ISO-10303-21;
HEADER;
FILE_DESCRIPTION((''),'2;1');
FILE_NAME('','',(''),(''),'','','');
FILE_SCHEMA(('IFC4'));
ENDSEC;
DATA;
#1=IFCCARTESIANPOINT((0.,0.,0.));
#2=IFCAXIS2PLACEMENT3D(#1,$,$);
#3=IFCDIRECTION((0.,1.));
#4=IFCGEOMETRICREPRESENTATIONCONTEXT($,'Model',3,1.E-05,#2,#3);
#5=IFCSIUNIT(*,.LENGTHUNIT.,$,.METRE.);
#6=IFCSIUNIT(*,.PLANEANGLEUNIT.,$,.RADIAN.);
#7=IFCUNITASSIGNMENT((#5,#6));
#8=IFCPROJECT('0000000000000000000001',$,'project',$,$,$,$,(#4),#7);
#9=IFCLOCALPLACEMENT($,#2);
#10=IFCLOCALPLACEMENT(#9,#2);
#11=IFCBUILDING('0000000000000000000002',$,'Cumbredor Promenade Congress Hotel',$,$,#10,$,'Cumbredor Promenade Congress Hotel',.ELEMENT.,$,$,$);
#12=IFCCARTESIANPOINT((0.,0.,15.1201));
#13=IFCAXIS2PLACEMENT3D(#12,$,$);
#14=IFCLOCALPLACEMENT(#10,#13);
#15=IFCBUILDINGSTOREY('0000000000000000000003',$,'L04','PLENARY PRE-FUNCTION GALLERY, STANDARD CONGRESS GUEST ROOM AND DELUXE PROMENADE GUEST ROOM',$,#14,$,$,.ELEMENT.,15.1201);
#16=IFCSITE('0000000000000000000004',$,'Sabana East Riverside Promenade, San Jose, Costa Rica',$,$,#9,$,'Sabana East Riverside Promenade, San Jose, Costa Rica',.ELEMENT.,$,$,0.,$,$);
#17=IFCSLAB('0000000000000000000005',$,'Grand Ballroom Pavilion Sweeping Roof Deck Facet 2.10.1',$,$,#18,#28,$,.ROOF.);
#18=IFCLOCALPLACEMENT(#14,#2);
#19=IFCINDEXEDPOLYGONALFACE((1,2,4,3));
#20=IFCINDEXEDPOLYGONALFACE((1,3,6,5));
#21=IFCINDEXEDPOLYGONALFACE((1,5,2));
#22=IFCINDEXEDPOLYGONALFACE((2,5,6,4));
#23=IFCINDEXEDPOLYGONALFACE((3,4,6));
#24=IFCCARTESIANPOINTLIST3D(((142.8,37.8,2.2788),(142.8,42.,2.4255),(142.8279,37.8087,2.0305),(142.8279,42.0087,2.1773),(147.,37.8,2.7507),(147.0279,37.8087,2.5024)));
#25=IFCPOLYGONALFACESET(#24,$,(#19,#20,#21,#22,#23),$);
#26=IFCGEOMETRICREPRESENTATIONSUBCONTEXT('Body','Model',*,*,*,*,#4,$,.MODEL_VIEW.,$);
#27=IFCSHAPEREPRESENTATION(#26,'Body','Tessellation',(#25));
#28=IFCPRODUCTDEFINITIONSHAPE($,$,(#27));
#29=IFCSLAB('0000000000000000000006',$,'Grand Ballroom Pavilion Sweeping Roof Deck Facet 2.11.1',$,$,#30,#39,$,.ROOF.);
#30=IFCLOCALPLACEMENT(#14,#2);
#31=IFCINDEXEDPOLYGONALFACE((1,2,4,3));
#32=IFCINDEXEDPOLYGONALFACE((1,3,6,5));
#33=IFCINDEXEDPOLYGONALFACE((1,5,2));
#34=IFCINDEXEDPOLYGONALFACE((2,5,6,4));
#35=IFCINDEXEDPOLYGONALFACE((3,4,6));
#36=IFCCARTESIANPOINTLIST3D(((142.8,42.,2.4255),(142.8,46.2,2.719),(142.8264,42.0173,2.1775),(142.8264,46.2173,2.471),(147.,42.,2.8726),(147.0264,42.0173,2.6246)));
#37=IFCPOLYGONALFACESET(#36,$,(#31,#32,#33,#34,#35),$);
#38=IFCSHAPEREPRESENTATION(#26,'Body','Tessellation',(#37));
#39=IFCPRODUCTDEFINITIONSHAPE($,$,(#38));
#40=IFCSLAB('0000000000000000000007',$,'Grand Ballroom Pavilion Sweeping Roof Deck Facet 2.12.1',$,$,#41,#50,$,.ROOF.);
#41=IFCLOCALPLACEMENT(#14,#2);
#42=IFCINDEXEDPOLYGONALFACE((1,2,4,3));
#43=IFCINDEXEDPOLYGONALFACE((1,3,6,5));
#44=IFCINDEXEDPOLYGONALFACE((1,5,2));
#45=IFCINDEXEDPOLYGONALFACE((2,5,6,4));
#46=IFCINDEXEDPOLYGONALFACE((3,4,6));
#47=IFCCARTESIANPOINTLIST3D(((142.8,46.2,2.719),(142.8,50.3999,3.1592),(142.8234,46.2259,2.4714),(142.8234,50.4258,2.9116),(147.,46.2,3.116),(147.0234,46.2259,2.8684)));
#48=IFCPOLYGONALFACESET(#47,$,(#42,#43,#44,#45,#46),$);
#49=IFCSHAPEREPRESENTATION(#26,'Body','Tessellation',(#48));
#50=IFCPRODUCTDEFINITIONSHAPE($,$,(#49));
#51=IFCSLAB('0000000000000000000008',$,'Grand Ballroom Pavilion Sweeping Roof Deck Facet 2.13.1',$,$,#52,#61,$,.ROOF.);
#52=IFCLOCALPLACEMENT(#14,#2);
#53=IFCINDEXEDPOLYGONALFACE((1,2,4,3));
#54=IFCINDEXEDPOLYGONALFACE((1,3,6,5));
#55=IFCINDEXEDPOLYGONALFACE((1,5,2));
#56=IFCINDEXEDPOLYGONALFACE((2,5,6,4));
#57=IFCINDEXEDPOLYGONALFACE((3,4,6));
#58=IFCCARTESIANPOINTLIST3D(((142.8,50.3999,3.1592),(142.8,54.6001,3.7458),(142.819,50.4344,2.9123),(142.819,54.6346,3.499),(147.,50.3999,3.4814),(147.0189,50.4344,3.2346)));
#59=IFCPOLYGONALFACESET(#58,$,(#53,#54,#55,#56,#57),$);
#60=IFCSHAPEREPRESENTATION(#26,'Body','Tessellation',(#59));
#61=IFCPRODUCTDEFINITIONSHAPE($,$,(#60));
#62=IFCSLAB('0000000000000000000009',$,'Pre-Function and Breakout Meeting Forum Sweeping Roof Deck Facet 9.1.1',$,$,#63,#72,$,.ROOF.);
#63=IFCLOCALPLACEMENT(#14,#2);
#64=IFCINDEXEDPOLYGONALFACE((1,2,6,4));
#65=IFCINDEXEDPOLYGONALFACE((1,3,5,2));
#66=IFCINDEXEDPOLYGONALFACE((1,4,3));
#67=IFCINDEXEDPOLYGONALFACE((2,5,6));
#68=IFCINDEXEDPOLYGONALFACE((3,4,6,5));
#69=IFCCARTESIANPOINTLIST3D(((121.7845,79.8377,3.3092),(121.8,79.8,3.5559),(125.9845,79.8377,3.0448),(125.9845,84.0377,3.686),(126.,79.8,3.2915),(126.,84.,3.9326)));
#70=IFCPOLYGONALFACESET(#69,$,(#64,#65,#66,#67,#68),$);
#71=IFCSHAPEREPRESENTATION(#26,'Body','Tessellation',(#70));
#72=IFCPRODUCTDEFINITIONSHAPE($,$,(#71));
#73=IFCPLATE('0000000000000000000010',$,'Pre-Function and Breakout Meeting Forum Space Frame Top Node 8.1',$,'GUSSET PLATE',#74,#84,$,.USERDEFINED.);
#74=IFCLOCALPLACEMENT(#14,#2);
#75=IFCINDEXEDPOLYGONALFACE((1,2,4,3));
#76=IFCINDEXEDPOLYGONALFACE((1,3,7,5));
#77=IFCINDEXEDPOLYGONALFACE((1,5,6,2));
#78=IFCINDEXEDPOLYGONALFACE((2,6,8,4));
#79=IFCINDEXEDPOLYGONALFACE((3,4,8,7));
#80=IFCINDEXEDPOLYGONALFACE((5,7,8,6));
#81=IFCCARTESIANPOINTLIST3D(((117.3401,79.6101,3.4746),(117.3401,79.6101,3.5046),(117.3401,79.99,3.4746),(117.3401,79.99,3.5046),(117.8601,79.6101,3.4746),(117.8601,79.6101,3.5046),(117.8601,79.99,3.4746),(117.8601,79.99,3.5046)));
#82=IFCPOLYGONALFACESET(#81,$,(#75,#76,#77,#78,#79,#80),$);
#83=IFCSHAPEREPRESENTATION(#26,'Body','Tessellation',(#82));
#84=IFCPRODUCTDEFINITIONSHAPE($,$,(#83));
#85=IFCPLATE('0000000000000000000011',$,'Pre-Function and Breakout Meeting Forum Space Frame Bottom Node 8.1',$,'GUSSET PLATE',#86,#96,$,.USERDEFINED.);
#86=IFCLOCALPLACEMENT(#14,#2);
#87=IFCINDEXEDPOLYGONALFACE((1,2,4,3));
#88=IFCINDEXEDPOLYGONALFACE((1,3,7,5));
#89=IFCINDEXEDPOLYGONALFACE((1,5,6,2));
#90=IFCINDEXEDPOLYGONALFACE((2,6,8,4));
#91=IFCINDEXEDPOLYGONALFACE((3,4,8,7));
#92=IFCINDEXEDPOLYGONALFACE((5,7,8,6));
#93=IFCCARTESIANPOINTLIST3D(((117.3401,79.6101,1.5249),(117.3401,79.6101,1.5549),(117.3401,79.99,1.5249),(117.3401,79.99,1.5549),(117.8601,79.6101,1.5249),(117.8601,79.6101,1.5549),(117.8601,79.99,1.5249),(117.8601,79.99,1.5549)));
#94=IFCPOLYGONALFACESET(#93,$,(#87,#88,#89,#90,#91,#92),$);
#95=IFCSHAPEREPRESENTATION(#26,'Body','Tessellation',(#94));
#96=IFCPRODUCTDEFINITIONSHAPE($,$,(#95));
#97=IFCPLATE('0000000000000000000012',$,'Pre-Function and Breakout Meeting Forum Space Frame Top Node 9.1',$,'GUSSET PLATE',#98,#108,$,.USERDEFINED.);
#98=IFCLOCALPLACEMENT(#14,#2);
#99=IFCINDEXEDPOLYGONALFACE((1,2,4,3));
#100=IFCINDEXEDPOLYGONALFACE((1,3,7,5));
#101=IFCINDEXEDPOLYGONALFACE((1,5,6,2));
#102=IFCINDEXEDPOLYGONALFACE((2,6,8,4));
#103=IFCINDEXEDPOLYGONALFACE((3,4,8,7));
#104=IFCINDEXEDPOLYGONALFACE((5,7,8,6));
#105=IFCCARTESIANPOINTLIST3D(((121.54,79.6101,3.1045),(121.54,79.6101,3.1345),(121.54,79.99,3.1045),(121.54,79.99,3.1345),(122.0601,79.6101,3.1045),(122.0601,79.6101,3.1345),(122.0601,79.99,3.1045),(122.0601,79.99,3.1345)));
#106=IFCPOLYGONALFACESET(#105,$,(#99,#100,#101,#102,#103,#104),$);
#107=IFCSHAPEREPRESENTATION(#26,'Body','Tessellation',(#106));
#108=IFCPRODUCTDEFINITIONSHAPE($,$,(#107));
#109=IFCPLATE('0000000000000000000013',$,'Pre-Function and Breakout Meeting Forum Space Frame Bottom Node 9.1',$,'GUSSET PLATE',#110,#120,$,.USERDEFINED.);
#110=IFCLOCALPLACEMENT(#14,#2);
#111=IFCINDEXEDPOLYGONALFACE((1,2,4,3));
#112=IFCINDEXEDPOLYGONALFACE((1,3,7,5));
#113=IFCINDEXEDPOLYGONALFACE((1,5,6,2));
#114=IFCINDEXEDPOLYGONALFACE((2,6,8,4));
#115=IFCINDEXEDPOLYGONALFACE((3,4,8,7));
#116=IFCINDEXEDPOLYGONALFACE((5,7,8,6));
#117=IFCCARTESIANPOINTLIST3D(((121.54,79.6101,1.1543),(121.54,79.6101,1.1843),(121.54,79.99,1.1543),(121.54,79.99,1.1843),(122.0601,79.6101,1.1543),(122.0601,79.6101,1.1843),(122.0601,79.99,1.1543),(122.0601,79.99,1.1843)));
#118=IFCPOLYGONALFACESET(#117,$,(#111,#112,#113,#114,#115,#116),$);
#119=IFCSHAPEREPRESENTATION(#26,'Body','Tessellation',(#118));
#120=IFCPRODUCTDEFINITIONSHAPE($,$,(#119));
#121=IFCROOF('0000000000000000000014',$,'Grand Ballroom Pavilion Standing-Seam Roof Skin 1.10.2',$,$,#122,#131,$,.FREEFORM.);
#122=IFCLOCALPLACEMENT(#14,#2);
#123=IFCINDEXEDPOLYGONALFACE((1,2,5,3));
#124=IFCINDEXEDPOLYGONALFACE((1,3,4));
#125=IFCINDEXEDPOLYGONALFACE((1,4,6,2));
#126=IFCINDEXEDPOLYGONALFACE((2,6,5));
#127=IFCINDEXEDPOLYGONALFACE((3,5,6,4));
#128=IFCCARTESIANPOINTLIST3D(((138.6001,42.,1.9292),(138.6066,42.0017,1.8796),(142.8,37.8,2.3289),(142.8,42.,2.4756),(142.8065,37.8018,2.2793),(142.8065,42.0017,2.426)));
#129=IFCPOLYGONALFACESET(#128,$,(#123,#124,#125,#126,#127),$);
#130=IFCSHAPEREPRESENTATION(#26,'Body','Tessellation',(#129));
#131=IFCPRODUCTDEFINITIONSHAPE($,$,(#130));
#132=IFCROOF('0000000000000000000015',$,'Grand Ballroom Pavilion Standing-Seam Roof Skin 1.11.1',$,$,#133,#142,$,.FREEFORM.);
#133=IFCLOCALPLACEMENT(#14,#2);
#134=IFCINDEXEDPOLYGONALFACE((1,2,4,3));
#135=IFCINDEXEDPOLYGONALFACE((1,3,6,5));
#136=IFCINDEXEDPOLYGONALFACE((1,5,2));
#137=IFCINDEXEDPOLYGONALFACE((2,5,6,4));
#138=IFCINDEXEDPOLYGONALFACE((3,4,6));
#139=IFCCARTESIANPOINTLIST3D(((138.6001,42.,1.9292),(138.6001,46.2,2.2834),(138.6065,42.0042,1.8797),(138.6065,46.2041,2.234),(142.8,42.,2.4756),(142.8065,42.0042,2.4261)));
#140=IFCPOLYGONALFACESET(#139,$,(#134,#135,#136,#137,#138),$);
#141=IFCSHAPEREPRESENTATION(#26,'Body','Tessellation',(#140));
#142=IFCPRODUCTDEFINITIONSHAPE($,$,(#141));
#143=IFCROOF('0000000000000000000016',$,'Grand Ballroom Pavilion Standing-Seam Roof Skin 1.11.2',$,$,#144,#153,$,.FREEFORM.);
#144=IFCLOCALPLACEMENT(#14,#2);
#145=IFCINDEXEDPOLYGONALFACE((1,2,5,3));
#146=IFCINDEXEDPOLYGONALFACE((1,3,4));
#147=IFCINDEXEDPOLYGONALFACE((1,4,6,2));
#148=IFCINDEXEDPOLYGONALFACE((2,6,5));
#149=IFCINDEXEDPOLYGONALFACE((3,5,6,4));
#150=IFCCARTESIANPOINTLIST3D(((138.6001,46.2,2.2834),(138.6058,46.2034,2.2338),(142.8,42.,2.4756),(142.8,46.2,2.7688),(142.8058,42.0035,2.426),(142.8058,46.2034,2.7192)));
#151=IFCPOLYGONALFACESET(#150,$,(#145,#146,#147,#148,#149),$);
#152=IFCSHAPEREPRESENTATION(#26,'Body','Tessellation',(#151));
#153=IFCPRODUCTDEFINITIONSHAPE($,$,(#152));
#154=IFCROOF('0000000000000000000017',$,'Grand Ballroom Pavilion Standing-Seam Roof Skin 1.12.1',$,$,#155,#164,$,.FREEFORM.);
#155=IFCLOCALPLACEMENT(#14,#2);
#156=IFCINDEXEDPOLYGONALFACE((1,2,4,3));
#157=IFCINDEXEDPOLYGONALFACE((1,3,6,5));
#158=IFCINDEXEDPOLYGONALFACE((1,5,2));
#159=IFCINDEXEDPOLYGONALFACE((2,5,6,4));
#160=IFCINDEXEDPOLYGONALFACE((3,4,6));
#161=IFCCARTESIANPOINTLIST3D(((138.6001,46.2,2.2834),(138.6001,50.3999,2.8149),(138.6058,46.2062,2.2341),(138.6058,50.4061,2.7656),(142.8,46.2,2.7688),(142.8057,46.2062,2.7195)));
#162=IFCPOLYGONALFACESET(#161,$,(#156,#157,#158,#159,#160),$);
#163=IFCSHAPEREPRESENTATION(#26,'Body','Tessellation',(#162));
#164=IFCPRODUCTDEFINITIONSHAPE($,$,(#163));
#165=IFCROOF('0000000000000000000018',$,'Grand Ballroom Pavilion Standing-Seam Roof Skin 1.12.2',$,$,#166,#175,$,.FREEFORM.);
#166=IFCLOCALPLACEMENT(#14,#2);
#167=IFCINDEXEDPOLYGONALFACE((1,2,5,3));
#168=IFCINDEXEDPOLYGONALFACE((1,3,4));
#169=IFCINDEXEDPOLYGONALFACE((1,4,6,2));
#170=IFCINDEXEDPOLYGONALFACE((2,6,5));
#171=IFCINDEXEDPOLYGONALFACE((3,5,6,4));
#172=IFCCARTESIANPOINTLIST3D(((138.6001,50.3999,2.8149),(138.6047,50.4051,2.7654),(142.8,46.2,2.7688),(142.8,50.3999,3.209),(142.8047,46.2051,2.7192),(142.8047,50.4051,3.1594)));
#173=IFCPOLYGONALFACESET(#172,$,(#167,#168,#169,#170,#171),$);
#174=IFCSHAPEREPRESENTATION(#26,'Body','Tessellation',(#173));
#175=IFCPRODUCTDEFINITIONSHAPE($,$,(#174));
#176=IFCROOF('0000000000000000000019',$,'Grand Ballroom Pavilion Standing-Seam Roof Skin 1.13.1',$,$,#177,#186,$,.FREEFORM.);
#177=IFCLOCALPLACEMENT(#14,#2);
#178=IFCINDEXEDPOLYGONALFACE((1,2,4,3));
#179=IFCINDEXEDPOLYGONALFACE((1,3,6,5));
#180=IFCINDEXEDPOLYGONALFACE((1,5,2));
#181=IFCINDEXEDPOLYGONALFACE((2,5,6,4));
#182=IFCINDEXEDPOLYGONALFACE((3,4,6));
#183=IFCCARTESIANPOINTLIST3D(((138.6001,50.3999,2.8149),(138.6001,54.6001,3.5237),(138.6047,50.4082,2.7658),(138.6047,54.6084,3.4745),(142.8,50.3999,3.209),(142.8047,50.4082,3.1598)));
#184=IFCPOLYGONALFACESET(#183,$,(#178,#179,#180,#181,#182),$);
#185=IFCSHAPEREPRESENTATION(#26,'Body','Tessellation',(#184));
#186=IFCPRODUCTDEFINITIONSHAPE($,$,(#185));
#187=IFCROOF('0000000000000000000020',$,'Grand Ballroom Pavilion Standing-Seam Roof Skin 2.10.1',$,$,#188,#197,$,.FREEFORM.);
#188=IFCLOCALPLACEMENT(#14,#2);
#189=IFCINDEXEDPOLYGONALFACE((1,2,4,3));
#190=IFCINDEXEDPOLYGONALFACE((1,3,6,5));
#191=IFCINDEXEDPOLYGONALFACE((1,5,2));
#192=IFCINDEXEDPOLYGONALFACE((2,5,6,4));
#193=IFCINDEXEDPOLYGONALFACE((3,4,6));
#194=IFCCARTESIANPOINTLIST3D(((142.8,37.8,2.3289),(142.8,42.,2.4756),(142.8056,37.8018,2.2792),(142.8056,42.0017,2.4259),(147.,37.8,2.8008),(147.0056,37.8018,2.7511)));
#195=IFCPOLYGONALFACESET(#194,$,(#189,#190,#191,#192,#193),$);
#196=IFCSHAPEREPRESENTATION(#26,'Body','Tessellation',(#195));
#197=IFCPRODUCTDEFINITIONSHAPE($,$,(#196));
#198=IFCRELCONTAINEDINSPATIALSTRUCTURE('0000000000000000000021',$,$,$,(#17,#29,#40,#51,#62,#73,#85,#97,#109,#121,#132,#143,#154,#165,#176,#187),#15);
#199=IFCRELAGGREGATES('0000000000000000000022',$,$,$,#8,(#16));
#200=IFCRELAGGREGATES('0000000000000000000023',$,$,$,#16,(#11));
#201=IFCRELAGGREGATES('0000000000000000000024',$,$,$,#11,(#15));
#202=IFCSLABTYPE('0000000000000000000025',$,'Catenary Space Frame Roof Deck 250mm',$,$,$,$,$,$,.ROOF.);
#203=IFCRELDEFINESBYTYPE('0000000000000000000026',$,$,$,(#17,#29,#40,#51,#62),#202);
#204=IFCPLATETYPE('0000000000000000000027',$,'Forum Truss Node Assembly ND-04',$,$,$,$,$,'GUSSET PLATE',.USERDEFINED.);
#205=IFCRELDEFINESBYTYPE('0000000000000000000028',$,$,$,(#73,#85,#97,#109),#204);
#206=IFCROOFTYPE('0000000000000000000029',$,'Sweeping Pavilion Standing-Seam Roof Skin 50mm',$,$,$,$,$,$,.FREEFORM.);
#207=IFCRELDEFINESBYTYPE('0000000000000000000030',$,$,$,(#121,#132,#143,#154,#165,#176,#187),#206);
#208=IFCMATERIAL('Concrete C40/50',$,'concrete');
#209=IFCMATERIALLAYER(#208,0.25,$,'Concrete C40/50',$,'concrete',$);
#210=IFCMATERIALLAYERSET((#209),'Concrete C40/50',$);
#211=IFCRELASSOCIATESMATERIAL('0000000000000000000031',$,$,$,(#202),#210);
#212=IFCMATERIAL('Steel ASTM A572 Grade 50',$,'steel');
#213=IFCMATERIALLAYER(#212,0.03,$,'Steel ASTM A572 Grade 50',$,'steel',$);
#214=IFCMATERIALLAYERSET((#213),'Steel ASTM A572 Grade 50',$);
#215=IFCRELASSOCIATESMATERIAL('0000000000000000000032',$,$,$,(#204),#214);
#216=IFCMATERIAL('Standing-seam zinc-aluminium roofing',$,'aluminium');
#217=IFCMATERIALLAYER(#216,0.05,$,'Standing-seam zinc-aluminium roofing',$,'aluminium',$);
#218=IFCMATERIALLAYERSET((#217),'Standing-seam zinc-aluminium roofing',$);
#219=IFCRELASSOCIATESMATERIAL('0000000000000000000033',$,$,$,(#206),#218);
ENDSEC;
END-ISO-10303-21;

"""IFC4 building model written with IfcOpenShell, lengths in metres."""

from ifc_helpers import new_model, si_unit, direction, frame, origin, origin_2d, place, context, subcontext, project, spatial, polyline, rectangle, outline, extrude, material, layer, layer_set, type_object, element, save


model = new_model("IFC4")

# Units and contexts
model_context = context("Model", 3, precision=1e-05, world=origin(), true_north=direction((0.0, 1.0)))
body_context = subcontext(model_context, "Body", "Model", "MODEL_VIEW")
ifc_project = project(units=[si_unit("LENGTHUNIT", "METRE"), si_unit("PLANEANGLEUNIT", "RADIAN")], contexts=[model_context])

# Site, building, storey
site_placement = place(None, origin())
site = spatial("IfcSite", under=ifc_project, at=site_placement, Name="Sabana East Riverside Promenade, San Jose, Costa Rica", LongName="Sabana East Riverside Promenade, San Jose, Costa Rica", CompositionType="ELEMENT", RefElevation=0.0)
building_placement = place(site_placement, origin())
building = spatial("IfcBuilding", under=site, at=building_placement, Name="Cumbredor Promenade Congress Hotel", LongName="Cumbredor Promenade Congress Hotel", CompositionType="ELEMENT")
storey_placement = place(building_placement, frame((0.0, 0.0, 15.1201)))
storey = spatial("IfcBuildingStorey", under=building, at=storey_placement, Name="L04", Description="PLENARY PRE-FUNCTION GALLERY, STANDARD CONGRESS GUEST ROOM AND DELUXE PROMENADE GUEST ROOM", CompositionType="ELEMENT", Elevation=15.1201)

# Slabs
ifc_material_1 = material(Name="Concrete C40/50", Category="concrete")
ifc_layer_1 = layer(ifc_material_1, 0.25, Name="Concrete C40/50", Category="concrete")
ifc_layer_set_1 = layer_set([ifc_layer_1], Name="Concrete C40/50")
slab_type = type_object("IfcSlabType", Name="Catenary Space Frame Roof Deck 250mm", PredefinedType="ROOF", material=ifc_layer_set_1)
slab_1_placement = place(storey_placement, frame((142.8, 37.8, 2.2788), z_axis=(-0.111594, -0.034696, 0.993148), x_axis=(0.993746, 0.0, 0.111661)))
element("IfcSlab", 1, at=slab_1_placement, inside=storey, type_object=slab_type, Name="Grand Ballroom Pavilion Sweeping Roof Deck Facet 2.10.1", PredefinedType="ROOF", context=body_context, shape_type="SweptSolid", body=[
    extrude(outline(polyline([(0.0, 0.0), (4.2264, 0.0), (0.0164, 4.2025), (0.0, 0.0)])), origin(), (0.0, 0.0, -1.0), 0.25),
])
slab_2_placement = place(storey_placement, frame((142.8, 42.0, 2.4255), z_axis=(-0.105583, -0.069312, 0.991992), x_axis=(0.994383, 0.0, 0.105837)))
element("IfcSlab", 2, at=slab_2_placement, inside=storey, type_object=slab_type, Name="Grand Ballroom Pavilion Sweeping Roof Deck Facet 2.11.1", PredefinedType="ROOF", context=body_context, shape_type="SweptSolid", body=[
    extrude(outline(polyline([(0.0, 0.0), (4.2237, 0.0), (0.0311, 4.2101), (0.0, 0.0)])), origin(), (0.0, 0.0, -1.0), 0.25),
])
slab_3_placement = place(storey_placement, frame((142.8, 46.2, 2.719), z_axis=(-0.093591, -0.103779, 0.990187), x_axis=(0.995563, 0.0, 0.094099)))
element("IfcSlab", 3, at=slab_3_placement, inside=storey, type_object=slab_type, Name="Grand Ballroom Pavilion Sweeping Roof Deck Facet 2.12.1", PredefinedType="ROOF", context=body_context, shape_type="SweptSolid", body=[
    extrude(outline(polyline([(0.0, 0.0), (4.2187, 0.0), (0.0414, 4.2228), (0.0, 0.0)])), origin(), (0.0, 0.0, -1.0), 0.25),
])
slab_4_placement = place(storey_placement, frame((142.8, 50.3999, 3.1592), z_axis=(-0.075775, -0.137936, 0.987538), x_axis=(0.997069, 0.0, 0.076506)))
element("IfcSlab", 4, at=slab_4_placement, inside=storey, type_object=slab_type, Name="Grand Ballroom Pavilion Sweeping Roof Deck Facet 2.13.1", PredefinedType="ROOF", context=body_context, shape_type="SweptSolid", body=[
    extrude(outline(polyline([(0.0, 0.0), (4.2123, 0.0), (0.0449, 4.2407), (0.0, 0.0)])), origin(), (0.0, 0.0, -1.0), 0.25),
])
slab_5_placement = place(storey_placement, frame((121.8, 79.8, 3.5559), z_axis=(0.062113, -0.150608, 0.98664), x_axis=(0.998024, 0.0, -0.06283)))
element("IfcSlab", 5, at=slab_5_placement, inside=storey, type_object=slab_type, Name="Pre-Function and Breakout Meeting Forum Sweeping Roof Deck Facet 9.1.1", PredefinedType="ROOF", context=body_context, shape_type="SweptSolid", body=[
    extrude(outline(polyline([(0.0, 0.0), (4.2083, 0.0), (4.168, 4.2484), (0.0, 0.0)])), origin(), (0.0, 0.0, -1.0), 0.25),
])

# Plates
ifc_material_2 = material(Name="Steel ASTM A572 Grade 50", Category="steel")
ifc_layer_2 = layer(ifc_material_2, 0.03, Name="Steel ASTM A572 Grade 50", Category="steel")
ifc_layer_set_2 = layer_set([ifc_layer_2], Name="Steel ASTM A572 Grade 50")
plate_type = type_object("IfcPlateType", Name="Forum Truss Node Assembly ND-04", ElementType="GUSSET PLATE", PredefinedType="USERDEFINED", material=ifc_layer_set_2)
for number, where, z_axis, x_axis, name in (
    (6, (117.6001, 79.8, 3.4746), (0.0, 0.0, 1.0), (1.0, 0.0, 0.0), "Pre-Function and Breakout Meeting Forum Space Frame Top Node 8.1"),
    (7, (117.6001, 79.8, 1.5249), (0.0, 0.0, 1.0), (1.0, 0.0, 0.0), "Pre-Function and Breakout Meeting Forum Space Frame Bottom Node 8.1"),
    (8, (121.8, 79.8, 3.1045), (0.0, 0.0, 1.0), (1.0, 0.0, 0.0), "Pre-Function and Breakout Meeting Forum Space Frame Top Node 9.1"),
    (9, (121.8, 79.8, 1.1543), (0.0, 0.0, 1.0), (1.0, 0.0, 0.0), "Pre-Function and Breakout Meeting Forum Space Frame Bottom Node 9.1"),
):
    element("IfcPlate", number, at=place(storey_placement, frame(where, z_axis=z_axis, x_axis=x_axis)), inside=storey, type_object=plate_type, Name=name, ObjectType="GUSSET PLATE", PredefinedType="USERDEFINED", context=body_context, shape_type="SweptSolid", body=[
        extrude(rectangle(XDim=0.52, YDim=0.3799, at=origin_2d()), origin(), (0.0, 0.0, 1.0), 0.03),
    ])

# Roofs
ifc_material_3 = material(Name="Standing-seam zinc-aluminium roofing", Category="aluminium")
ifc_layer_3 = layer(ifc_material_3, 0.05, Name="Standing-seam zinc-aluminium roofing", Category="aluminium")
ifc_layer_set_3 = layer_set([ifc_layer_3], Name="Standing-seam zinc-aluminium roofing")
roof_type = type_object("IfcRoofType", Name="Sweeping Pavilion Standing-Seam Roof Skin 50mm", PredefinedType="FREEFORM", material=ifc_layer_set_3)
roof_1_placement = place(storey_placement, frame((142.8, 37.8, 2.3289), z_axis=(-0.128929, -0.034623, 0.991049), x_axis=(0.0, 0.99939, 0.034914)))
element("IfcRoof", 10, at=roof_1_placement, inside=storey, type_object=roof_type, Name="Grand Ballroom Pavilion Standing-Seam Roof Skin 1.10.2", PredefinedType="FREEFORM", context=body_context, shape_type="SweptSolid", body=[
    extrude(outline(polyline([(0.0, 0.0), (4.2025, 0.0), (4.1834, 4.2353), (0.0, 0.0)])), origin(), (0.0, 0.0, -1.0), 0.05),
])
roof_2_placement = place(storey_placement, frame((138.6001, 42.0, 1.9292), z_axis=(-0.128558, -0.08335, 0.988193), x_axis=(0.991644, 0.0, 0.129006)))
element("IfcRoof", 11, at=roof_2_placement, inside=storey, type_object=roof_type, Name="Grand Ballroom Pavilion Standing-Seam Roof Skin 1.11.1", PredefinedType="FREEFORM", context=body_context, shape_type="SweptSolid", body=[
    extrude(outline(polyline([(0.0, 0.0), (4.2353, 0.0), (0.0457, 4.2146), (0.0, 0.0)])), origin(), (0.0, 0.0, -1.0), 0.05),
])
roof_3_placement = place(storey_placement, frame((142.8, 42.0, 2.4756), z_axis=(-0.114522, -0.069186, 0.991009), x_axis=(0.0, 0.997572, 0.069644)))
element("IfcRoof", 12, at=roof_3_placement, inside=storey, type_object=roof_type, Name="Grand Ballroom Pavilion Standing-Seam Roof Skin 1.11.2", PredefinedType="FREEFORM", context=body_context, shape_type="SweptSolid", body=[
    extrude(outline(polyline([(0.0, 0.0), (4.2102, 0.0), (4.1764, 4.2278), (0.0, 0.0)])), origin(), (0.0, 0.0, -1.0), 0.05),
])
roof_4_placement = place(storey_placement, frame((138.6001, 46.2, 2.2834), z_axis=(-0.113901, -0.124729, 0.985631), x_axis=(0.993389, 0.0, 0.114797)))
element("IfcRoof", 13, at=roof_4_placement, inside=storey, type_object=roof_type, Name="Grand Ballroom Pavilion Standing-Seam Roof Skin 1.12.1", PredefinedType="FREEFORM", context=body_context, shape_type="SweptSolid", body=[
    extrude(outline(polyline([(0.0, 0.0), (4.2279, 0.0), (0.061, 4.233), (0.0, 0.0)])), origin(), (0.0, 0.0, -1.0), 0.05),
])
roof_5_placement = place(storey_placement, frame((142.8, 46.2, 2.7688), z_axis=(-0.092906, -0.103786, 0.990251), x_axis=(0.0, 0.994553, 0.104236)))
element("IfcRoof", 14, at=roof_5_placement, inside=storey, type_object=roof_type, Name="Grand Ballroom Pavilion Standing-Seam Roof Skin 1.12.2", PredefinedType="FREEFORM", context=body_context, shape_type="SweptSolid", body=[
    extrude(outline(polyline([(0.0, 0.0), (4.223, 0.0), (4.1819, 4.2182), (0.0, 0.0)])), origin(), (0.0, 0.0, -1.0), 0.05),
])
roof_6_placement = place(storey_placement, frame((138.6001, 50.3999, 2.8149), z_axis=(-0.09212, -0.16568, 0.981868), x_axis=(0.995628, 0.0, 0.093411)))
element("IfcRoof", 15, at=roof_6_placement, inside=storey, type_object=roof_type, Name="Grand Ballroom Pavilion Standing-Seam Roof Skin 1.13.1", PredefinedType="FREEFORM", context=body_context, shape_type="SweptSolid", body=[
    extrude(outline(polyline([(0.0, 0.0), (4.2184, 0.0), (0.0662, 4.2591), (0.0, 0.0)])), origin(), (0.0, 0.0, -1.0), 0.05),
])
roof_7_placement = place(storey_placement, frame((142.8, 37.8, 2.3289), z_axis=(-0.111594, -0.034696, 0.993148), x_axis=(0.993746, 0.0, 0.111661)))
element("IfcRoof", 16, at=roof_7_placement, inside=storey, type_object=roof_type, Name="Grand Ballroom Pavilion Standing-Seam Roof Skin 2.10.1", PredefinedType="FREEFORM", context=body_context, shape_type="SweptSolid", body=[
    extrude(outline(polyline([(0.0, 0.0), (4.2264, 0.0), (0.0164, 4.2025), (0.0, 0.0)])), origin(), (0.0, 0.0, -1.0), 0.05),
])

save(model, "model.ifc")
